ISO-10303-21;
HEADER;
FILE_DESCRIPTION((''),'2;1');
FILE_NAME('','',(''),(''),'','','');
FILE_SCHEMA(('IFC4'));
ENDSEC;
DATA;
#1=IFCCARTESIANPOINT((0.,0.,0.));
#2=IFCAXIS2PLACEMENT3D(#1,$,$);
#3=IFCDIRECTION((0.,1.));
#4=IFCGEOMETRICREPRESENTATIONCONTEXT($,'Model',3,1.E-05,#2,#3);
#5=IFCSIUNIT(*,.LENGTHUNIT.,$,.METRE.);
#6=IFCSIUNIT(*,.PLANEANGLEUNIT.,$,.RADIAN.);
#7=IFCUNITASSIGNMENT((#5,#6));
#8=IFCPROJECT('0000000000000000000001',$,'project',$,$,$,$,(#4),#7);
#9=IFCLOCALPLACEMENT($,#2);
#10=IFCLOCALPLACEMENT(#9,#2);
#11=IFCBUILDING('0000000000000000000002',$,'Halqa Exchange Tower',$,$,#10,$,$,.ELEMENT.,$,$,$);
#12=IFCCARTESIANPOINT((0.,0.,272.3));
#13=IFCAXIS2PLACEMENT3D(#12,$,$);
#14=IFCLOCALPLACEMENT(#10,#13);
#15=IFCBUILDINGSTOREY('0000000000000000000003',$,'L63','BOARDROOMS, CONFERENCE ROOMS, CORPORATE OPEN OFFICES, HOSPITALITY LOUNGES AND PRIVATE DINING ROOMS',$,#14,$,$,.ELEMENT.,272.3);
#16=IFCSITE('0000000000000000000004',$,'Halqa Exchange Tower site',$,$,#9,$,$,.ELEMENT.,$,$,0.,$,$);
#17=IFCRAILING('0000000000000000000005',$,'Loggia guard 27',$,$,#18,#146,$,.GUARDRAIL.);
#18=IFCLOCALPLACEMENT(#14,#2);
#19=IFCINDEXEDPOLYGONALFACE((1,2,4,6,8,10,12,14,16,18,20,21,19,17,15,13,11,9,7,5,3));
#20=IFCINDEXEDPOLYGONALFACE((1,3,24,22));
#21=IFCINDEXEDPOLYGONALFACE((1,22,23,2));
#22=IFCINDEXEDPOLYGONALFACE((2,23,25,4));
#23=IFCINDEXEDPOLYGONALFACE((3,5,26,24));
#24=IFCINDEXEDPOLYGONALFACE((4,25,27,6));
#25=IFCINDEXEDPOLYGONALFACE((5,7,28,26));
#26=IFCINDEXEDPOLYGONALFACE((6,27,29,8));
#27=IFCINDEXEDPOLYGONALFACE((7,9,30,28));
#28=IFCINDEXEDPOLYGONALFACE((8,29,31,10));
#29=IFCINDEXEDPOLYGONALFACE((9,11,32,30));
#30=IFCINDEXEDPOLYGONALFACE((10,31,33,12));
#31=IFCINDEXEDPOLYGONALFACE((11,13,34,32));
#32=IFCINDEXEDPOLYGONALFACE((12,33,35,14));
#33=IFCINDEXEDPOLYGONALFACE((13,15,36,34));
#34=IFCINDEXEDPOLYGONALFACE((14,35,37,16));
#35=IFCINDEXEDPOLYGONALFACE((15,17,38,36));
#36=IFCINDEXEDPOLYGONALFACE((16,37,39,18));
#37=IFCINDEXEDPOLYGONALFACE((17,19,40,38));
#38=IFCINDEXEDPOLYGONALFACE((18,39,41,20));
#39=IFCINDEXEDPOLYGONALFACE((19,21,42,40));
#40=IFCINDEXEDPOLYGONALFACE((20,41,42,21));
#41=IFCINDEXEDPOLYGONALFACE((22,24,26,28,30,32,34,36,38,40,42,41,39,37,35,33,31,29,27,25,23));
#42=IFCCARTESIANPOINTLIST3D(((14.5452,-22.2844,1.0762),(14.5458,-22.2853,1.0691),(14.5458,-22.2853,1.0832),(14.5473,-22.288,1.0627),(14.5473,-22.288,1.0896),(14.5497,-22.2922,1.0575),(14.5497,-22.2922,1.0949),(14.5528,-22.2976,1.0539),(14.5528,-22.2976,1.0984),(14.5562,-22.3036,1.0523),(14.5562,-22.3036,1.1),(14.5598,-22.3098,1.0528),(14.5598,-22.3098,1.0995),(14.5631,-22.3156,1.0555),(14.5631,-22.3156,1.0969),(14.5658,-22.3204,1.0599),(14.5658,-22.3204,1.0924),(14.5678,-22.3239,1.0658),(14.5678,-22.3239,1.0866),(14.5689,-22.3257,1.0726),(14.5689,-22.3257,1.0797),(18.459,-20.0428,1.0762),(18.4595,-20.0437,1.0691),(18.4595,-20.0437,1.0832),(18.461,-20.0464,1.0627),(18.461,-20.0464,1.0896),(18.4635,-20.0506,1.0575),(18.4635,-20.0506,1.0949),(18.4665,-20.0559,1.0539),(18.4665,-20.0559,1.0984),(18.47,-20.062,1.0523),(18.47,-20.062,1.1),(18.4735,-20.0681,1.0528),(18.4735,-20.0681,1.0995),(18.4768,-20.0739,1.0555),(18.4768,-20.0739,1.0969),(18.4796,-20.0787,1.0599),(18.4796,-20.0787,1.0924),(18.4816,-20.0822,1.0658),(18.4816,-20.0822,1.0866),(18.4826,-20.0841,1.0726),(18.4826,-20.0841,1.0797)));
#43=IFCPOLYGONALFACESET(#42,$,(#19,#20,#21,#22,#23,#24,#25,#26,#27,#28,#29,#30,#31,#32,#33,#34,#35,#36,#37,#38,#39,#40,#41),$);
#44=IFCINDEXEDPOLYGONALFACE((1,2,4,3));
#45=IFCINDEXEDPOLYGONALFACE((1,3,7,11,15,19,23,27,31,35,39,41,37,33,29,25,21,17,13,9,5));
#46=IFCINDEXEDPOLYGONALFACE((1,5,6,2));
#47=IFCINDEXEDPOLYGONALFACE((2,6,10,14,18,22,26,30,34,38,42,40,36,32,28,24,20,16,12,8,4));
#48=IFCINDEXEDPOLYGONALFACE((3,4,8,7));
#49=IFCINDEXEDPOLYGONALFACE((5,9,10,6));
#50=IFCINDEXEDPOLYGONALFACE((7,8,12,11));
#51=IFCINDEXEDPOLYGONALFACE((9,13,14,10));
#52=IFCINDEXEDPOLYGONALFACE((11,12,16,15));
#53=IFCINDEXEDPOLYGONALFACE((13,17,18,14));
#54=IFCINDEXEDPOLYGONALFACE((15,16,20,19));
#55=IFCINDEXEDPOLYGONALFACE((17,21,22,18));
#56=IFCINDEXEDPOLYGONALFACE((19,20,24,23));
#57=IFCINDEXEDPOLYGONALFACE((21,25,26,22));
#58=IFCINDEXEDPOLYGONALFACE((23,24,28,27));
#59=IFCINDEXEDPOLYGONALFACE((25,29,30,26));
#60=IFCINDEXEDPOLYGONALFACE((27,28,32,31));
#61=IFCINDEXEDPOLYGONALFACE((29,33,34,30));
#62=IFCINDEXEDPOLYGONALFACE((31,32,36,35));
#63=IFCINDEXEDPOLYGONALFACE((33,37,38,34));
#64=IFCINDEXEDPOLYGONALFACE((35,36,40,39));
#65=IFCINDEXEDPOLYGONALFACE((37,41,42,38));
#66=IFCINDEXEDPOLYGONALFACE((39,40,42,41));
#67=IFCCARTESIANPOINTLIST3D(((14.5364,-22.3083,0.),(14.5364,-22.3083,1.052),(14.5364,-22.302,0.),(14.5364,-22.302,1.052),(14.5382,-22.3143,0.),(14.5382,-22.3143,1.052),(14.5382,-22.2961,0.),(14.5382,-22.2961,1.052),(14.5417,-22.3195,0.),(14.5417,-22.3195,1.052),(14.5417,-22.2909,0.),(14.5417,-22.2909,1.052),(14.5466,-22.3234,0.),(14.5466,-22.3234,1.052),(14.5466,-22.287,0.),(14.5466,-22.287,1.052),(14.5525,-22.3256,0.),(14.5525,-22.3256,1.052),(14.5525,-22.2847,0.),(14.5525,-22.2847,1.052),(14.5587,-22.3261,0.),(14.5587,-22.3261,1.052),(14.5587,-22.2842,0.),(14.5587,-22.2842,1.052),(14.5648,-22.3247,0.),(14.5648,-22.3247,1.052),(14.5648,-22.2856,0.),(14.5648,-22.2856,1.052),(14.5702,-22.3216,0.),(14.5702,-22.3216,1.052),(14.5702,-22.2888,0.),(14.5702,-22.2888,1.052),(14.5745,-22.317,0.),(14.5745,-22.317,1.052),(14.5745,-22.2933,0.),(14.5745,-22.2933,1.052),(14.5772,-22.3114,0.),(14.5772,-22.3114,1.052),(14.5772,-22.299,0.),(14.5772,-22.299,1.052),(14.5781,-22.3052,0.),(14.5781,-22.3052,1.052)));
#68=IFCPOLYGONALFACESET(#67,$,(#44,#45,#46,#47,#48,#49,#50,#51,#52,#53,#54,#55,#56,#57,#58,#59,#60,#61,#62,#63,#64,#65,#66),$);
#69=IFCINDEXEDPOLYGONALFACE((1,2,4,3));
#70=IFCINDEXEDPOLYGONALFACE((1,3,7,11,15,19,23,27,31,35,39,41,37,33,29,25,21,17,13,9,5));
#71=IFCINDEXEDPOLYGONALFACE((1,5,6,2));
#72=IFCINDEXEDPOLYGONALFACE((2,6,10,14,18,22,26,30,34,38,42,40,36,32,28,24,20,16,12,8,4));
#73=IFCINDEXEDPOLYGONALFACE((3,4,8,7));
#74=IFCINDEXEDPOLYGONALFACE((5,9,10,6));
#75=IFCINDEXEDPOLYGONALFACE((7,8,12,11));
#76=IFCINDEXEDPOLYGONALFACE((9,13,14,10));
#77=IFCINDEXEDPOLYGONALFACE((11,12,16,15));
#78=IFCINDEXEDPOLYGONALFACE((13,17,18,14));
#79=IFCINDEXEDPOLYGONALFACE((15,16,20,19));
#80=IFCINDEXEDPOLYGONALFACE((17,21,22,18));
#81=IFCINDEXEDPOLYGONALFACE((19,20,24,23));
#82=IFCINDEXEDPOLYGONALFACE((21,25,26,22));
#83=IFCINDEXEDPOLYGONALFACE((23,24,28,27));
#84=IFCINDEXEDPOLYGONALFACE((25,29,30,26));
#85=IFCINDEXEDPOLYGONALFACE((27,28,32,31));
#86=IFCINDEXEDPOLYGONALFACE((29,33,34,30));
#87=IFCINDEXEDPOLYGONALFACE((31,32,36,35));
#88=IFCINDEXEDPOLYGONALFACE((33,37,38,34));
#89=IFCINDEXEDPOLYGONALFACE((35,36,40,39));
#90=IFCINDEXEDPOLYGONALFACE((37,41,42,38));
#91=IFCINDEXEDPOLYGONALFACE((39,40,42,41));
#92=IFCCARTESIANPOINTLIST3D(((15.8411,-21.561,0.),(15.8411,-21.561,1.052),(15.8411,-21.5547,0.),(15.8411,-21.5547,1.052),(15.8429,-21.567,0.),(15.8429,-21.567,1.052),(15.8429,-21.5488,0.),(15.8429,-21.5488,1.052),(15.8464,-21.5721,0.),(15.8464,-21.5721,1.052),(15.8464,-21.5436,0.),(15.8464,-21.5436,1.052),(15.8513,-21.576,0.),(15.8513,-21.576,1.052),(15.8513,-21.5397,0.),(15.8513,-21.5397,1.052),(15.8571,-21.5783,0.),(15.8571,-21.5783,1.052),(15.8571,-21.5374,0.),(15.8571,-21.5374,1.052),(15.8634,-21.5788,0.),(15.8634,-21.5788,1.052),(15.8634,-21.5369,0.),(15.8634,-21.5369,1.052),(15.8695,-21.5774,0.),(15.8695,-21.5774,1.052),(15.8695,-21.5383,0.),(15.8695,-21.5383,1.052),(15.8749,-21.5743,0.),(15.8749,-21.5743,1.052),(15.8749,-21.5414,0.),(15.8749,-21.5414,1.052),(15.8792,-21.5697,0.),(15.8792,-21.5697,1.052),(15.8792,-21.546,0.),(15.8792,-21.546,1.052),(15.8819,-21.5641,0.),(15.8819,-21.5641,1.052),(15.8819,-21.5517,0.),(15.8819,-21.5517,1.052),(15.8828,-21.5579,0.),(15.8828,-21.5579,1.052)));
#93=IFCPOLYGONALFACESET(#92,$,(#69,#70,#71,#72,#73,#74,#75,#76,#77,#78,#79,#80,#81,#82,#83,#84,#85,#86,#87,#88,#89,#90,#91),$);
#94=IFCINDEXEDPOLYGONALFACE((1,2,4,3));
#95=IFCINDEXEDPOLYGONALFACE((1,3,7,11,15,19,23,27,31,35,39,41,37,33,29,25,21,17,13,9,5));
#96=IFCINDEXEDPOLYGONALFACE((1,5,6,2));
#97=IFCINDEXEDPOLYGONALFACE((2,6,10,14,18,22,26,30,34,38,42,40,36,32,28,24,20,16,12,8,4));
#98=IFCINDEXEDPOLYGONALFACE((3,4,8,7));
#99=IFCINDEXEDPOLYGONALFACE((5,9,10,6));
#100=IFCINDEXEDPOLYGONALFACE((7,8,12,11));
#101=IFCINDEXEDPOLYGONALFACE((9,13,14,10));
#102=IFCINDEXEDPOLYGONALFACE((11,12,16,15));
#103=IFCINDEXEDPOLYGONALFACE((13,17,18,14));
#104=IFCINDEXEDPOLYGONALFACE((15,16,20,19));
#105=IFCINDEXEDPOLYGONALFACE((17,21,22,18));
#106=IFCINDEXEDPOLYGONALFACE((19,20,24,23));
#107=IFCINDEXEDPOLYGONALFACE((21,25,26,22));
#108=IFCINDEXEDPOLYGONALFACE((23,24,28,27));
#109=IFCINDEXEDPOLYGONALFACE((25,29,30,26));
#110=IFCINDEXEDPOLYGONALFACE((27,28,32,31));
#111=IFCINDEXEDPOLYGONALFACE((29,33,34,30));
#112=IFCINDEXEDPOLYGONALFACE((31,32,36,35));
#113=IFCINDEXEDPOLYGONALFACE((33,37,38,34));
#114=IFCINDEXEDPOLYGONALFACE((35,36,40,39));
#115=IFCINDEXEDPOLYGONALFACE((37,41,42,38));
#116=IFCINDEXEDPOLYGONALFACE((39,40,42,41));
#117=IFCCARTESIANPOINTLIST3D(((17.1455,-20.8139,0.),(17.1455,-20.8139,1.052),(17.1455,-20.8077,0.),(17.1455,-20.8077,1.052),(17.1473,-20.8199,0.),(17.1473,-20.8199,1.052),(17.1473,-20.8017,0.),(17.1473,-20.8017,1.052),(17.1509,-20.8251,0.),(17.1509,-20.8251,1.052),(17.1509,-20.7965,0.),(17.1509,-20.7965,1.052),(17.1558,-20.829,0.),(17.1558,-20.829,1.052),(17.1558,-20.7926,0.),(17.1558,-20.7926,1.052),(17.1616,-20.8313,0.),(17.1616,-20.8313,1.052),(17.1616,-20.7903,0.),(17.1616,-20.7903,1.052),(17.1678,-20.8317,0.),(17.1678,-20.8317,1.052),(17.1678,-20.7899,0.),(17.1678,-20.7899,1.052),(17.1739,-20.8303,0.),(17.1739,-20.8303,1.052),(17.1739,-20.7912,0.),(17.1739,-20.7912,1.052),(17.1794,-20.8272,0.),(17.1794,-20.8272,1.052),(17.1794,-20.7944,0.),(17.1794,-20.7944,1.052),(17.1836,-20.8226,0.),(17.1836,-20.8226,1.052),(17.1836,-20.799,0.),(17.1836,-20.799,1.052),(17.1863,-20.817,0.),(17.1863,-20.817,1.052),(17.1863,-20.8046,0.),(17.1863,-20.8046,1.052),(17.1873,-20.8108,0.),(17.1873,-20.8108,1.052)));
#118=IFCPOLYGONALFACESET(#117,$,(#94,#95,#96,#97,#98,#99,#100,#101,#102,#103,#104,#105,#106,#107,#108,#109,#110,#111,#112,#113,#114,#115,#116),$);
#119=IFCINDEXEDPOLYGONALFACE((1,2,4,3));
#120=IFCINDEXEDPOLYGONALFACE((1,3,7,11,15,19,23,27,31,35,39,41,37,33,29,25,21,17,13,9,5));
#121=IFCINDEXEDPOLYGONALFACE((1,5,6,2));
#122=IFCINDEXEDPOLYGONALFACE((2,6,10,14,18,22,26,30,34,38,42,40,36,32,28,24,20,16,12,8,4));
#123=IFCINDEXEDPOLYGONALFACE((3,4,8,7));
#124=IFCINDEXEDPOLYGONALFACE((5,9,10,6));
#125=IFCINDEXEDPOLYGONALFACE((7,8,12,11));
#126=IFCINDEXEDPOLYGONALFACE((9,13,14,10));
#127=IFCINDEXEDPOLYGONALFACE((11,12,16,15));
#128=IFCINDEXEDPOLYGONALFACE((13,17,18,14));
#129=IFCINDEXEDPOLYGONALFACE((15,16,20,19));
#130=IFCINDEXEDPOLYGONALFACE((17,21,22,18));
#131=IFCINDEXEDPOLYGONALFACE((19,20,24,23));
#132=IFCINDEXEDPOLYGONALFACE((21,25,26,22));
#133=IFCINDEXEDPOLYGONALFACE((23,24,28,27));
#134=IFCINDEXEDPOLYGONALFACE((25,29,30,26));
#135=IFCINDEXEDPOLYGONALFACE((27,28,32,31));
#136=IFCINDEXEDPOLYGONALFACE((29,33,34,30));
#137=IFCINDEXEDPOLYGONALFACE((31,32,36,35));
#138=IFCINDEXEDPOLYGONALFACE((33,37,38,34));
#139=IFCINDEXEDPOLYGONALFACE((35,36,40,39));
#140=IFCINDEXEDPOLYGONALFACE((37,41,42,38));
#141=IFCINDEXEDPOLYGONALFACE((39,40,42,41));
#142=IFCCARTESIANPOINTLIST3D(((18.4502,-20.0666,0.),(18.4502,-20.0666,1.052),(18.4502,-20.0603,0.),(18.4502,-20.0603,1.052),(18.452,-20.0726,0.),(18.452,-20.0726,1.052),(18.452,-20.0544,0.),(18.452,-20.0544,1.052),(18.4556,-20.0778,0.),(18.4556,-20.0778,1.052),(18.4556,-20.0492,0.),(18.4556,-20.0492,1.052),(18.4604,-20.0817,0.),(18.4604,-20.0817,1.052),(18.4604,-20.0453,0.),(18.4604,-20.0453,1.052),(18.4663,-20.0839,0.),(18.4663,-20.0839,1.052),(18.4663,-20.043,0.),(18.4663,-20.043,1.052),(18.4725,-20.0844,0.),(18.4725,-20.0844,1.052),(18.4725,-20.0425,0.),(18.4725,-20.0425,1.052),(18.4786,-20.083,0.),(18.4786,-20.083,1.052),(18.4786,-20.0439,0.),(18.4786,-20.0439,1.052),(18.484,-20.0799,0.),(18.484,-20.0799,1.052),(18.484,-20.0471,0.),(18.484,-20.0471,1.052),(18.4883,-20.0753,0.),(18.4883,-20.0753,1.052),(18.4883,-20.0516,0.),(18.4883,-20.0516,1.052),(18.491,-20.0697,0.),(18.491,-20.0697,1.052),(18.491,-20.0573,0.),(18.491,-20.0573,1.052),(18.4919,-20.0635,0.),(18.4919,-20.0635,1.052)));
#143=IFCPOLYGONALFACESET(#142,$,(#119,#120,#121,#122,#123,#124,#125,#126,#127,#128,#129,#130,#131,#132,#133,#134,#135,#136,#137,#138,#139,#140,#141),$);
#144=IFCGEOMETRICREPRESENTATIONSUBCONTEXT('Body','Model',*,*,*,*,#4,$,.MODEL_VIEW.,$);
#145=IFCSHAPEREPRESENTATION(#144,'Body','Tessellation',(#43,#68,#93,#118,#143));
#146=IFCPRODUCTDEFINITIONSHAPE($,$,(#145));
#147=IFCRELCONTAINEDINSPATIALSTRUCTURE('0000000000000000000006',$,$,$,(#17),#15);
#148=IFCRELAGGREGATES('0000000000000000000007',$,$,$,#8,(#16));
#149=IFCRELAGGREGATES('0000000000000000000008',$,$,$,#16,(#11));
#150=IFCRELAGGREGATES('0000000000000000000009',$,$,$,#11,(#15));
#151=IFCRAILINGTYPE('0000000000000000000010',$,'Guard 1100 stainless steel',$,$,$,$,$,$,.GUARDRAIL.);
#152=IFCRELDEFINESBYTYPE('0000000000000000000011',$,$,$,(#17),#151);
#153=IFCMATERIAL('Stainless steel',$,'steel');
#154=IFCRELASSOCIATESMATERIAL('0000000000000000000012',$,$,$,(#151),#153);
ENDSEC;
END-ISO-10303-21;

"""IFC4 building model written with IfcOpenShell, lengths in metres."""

from ifc_helpers import new_model, si_unit, direction, frame, origin, origin_2d, place, context, subcontext, project, spatial, circle, extrude, material, type_object, element, save


model = new_model("IFC4")

# Units and contexts
model_context = context("Model", 3, precision=1e-05, world=origin(), true_north=direction((0.0, 1.0)))
body_context = subcontext(model_context, "Body", "Model", "MODEL_VIEW")
ifc_project = project(units=[si_unit("LENGTHUNIT", "METRE"), si_unit("PLANEANGLEUNIT", "RADIAN")], contexts=[model_context])

# Site, building, storey
site_placement = place(None, origin())
site = spatial("IfcSite", under=ifc_project, at=site_placement, Name="Halqa Exchange Tower site", CompositionType="ELEMENT", RefElevation=0.0)
building_placement = place(site_placement, origin())
building = spatial("IfcBuilding", under=site, at=building_placement, Name="Halqa Exchange Tower", CompositionType="ELEMENT")
storey_placement = place(building_placement, frame((0.0, 0.0, 272.3)))
storey = spatial("IfcBuildingStorey", under=building, at=storey_placement, Name="L63", Description="BOARDROOMS, CONFERENCE ROOMS, CORPORATE OPEN OFFICES, HOSPITALITY LOUNGES AND PRIVATE DINING ROOMS", CompositionType="ELEMENT", Elevation=272.3)

# Railing
ifc_material_1 = material(Name="Stainless steel", Category="steel")
railing_type = type_object("IfcRailingType", Name="Guard 1100 stainless steel", PredefinedType="GUARDRAIL", material=ifc_material_1)
railing_1_placement = place(storey_placement, frame((14.5571, -22.3052, 0.0)))
element("IfcRailing", 1, at=railing_1_placement, inside=storey, type_object=railing_type, Name="Loggia guard 27", PredefinedType="GUARDRAIL", context=body_context, shape_type="SweptSolid", body=[
    extrude(circle(Radius=0.0239, at=origin_2d()), frame((0.0, 0.0, 1.0762), z_axis=(0.867743, 0.497013, 0.0), x_axis=(-0.497013, 0.867743, 0.0)), (0.0, 0.0, 1.0), 4.5103),
    extrude(circle(Radius=0.021, at=origin_2d()), origin(), (0.0, 0.0, 1.0), 1.052),
    extrude(circle(Radius=0.021, at=origin_2d()), frame((1.3047, 0.7473, 0.0)), (0.0, 0.0, 1.0), 1.052),
    extrude(circle(Radius=0.021, at=origin_2d()), frame((2.6091, 1.4944, 0.0)), (0.0, 0.0, 1.0), 1.052),
    extrude(circle(Radius=0.021, at=origin_2d()), frame((3.9138, 2.2417, 0.0)), (0.0, 0.0, 1.0), 1.052),
])

save(model, "model.ifc")
